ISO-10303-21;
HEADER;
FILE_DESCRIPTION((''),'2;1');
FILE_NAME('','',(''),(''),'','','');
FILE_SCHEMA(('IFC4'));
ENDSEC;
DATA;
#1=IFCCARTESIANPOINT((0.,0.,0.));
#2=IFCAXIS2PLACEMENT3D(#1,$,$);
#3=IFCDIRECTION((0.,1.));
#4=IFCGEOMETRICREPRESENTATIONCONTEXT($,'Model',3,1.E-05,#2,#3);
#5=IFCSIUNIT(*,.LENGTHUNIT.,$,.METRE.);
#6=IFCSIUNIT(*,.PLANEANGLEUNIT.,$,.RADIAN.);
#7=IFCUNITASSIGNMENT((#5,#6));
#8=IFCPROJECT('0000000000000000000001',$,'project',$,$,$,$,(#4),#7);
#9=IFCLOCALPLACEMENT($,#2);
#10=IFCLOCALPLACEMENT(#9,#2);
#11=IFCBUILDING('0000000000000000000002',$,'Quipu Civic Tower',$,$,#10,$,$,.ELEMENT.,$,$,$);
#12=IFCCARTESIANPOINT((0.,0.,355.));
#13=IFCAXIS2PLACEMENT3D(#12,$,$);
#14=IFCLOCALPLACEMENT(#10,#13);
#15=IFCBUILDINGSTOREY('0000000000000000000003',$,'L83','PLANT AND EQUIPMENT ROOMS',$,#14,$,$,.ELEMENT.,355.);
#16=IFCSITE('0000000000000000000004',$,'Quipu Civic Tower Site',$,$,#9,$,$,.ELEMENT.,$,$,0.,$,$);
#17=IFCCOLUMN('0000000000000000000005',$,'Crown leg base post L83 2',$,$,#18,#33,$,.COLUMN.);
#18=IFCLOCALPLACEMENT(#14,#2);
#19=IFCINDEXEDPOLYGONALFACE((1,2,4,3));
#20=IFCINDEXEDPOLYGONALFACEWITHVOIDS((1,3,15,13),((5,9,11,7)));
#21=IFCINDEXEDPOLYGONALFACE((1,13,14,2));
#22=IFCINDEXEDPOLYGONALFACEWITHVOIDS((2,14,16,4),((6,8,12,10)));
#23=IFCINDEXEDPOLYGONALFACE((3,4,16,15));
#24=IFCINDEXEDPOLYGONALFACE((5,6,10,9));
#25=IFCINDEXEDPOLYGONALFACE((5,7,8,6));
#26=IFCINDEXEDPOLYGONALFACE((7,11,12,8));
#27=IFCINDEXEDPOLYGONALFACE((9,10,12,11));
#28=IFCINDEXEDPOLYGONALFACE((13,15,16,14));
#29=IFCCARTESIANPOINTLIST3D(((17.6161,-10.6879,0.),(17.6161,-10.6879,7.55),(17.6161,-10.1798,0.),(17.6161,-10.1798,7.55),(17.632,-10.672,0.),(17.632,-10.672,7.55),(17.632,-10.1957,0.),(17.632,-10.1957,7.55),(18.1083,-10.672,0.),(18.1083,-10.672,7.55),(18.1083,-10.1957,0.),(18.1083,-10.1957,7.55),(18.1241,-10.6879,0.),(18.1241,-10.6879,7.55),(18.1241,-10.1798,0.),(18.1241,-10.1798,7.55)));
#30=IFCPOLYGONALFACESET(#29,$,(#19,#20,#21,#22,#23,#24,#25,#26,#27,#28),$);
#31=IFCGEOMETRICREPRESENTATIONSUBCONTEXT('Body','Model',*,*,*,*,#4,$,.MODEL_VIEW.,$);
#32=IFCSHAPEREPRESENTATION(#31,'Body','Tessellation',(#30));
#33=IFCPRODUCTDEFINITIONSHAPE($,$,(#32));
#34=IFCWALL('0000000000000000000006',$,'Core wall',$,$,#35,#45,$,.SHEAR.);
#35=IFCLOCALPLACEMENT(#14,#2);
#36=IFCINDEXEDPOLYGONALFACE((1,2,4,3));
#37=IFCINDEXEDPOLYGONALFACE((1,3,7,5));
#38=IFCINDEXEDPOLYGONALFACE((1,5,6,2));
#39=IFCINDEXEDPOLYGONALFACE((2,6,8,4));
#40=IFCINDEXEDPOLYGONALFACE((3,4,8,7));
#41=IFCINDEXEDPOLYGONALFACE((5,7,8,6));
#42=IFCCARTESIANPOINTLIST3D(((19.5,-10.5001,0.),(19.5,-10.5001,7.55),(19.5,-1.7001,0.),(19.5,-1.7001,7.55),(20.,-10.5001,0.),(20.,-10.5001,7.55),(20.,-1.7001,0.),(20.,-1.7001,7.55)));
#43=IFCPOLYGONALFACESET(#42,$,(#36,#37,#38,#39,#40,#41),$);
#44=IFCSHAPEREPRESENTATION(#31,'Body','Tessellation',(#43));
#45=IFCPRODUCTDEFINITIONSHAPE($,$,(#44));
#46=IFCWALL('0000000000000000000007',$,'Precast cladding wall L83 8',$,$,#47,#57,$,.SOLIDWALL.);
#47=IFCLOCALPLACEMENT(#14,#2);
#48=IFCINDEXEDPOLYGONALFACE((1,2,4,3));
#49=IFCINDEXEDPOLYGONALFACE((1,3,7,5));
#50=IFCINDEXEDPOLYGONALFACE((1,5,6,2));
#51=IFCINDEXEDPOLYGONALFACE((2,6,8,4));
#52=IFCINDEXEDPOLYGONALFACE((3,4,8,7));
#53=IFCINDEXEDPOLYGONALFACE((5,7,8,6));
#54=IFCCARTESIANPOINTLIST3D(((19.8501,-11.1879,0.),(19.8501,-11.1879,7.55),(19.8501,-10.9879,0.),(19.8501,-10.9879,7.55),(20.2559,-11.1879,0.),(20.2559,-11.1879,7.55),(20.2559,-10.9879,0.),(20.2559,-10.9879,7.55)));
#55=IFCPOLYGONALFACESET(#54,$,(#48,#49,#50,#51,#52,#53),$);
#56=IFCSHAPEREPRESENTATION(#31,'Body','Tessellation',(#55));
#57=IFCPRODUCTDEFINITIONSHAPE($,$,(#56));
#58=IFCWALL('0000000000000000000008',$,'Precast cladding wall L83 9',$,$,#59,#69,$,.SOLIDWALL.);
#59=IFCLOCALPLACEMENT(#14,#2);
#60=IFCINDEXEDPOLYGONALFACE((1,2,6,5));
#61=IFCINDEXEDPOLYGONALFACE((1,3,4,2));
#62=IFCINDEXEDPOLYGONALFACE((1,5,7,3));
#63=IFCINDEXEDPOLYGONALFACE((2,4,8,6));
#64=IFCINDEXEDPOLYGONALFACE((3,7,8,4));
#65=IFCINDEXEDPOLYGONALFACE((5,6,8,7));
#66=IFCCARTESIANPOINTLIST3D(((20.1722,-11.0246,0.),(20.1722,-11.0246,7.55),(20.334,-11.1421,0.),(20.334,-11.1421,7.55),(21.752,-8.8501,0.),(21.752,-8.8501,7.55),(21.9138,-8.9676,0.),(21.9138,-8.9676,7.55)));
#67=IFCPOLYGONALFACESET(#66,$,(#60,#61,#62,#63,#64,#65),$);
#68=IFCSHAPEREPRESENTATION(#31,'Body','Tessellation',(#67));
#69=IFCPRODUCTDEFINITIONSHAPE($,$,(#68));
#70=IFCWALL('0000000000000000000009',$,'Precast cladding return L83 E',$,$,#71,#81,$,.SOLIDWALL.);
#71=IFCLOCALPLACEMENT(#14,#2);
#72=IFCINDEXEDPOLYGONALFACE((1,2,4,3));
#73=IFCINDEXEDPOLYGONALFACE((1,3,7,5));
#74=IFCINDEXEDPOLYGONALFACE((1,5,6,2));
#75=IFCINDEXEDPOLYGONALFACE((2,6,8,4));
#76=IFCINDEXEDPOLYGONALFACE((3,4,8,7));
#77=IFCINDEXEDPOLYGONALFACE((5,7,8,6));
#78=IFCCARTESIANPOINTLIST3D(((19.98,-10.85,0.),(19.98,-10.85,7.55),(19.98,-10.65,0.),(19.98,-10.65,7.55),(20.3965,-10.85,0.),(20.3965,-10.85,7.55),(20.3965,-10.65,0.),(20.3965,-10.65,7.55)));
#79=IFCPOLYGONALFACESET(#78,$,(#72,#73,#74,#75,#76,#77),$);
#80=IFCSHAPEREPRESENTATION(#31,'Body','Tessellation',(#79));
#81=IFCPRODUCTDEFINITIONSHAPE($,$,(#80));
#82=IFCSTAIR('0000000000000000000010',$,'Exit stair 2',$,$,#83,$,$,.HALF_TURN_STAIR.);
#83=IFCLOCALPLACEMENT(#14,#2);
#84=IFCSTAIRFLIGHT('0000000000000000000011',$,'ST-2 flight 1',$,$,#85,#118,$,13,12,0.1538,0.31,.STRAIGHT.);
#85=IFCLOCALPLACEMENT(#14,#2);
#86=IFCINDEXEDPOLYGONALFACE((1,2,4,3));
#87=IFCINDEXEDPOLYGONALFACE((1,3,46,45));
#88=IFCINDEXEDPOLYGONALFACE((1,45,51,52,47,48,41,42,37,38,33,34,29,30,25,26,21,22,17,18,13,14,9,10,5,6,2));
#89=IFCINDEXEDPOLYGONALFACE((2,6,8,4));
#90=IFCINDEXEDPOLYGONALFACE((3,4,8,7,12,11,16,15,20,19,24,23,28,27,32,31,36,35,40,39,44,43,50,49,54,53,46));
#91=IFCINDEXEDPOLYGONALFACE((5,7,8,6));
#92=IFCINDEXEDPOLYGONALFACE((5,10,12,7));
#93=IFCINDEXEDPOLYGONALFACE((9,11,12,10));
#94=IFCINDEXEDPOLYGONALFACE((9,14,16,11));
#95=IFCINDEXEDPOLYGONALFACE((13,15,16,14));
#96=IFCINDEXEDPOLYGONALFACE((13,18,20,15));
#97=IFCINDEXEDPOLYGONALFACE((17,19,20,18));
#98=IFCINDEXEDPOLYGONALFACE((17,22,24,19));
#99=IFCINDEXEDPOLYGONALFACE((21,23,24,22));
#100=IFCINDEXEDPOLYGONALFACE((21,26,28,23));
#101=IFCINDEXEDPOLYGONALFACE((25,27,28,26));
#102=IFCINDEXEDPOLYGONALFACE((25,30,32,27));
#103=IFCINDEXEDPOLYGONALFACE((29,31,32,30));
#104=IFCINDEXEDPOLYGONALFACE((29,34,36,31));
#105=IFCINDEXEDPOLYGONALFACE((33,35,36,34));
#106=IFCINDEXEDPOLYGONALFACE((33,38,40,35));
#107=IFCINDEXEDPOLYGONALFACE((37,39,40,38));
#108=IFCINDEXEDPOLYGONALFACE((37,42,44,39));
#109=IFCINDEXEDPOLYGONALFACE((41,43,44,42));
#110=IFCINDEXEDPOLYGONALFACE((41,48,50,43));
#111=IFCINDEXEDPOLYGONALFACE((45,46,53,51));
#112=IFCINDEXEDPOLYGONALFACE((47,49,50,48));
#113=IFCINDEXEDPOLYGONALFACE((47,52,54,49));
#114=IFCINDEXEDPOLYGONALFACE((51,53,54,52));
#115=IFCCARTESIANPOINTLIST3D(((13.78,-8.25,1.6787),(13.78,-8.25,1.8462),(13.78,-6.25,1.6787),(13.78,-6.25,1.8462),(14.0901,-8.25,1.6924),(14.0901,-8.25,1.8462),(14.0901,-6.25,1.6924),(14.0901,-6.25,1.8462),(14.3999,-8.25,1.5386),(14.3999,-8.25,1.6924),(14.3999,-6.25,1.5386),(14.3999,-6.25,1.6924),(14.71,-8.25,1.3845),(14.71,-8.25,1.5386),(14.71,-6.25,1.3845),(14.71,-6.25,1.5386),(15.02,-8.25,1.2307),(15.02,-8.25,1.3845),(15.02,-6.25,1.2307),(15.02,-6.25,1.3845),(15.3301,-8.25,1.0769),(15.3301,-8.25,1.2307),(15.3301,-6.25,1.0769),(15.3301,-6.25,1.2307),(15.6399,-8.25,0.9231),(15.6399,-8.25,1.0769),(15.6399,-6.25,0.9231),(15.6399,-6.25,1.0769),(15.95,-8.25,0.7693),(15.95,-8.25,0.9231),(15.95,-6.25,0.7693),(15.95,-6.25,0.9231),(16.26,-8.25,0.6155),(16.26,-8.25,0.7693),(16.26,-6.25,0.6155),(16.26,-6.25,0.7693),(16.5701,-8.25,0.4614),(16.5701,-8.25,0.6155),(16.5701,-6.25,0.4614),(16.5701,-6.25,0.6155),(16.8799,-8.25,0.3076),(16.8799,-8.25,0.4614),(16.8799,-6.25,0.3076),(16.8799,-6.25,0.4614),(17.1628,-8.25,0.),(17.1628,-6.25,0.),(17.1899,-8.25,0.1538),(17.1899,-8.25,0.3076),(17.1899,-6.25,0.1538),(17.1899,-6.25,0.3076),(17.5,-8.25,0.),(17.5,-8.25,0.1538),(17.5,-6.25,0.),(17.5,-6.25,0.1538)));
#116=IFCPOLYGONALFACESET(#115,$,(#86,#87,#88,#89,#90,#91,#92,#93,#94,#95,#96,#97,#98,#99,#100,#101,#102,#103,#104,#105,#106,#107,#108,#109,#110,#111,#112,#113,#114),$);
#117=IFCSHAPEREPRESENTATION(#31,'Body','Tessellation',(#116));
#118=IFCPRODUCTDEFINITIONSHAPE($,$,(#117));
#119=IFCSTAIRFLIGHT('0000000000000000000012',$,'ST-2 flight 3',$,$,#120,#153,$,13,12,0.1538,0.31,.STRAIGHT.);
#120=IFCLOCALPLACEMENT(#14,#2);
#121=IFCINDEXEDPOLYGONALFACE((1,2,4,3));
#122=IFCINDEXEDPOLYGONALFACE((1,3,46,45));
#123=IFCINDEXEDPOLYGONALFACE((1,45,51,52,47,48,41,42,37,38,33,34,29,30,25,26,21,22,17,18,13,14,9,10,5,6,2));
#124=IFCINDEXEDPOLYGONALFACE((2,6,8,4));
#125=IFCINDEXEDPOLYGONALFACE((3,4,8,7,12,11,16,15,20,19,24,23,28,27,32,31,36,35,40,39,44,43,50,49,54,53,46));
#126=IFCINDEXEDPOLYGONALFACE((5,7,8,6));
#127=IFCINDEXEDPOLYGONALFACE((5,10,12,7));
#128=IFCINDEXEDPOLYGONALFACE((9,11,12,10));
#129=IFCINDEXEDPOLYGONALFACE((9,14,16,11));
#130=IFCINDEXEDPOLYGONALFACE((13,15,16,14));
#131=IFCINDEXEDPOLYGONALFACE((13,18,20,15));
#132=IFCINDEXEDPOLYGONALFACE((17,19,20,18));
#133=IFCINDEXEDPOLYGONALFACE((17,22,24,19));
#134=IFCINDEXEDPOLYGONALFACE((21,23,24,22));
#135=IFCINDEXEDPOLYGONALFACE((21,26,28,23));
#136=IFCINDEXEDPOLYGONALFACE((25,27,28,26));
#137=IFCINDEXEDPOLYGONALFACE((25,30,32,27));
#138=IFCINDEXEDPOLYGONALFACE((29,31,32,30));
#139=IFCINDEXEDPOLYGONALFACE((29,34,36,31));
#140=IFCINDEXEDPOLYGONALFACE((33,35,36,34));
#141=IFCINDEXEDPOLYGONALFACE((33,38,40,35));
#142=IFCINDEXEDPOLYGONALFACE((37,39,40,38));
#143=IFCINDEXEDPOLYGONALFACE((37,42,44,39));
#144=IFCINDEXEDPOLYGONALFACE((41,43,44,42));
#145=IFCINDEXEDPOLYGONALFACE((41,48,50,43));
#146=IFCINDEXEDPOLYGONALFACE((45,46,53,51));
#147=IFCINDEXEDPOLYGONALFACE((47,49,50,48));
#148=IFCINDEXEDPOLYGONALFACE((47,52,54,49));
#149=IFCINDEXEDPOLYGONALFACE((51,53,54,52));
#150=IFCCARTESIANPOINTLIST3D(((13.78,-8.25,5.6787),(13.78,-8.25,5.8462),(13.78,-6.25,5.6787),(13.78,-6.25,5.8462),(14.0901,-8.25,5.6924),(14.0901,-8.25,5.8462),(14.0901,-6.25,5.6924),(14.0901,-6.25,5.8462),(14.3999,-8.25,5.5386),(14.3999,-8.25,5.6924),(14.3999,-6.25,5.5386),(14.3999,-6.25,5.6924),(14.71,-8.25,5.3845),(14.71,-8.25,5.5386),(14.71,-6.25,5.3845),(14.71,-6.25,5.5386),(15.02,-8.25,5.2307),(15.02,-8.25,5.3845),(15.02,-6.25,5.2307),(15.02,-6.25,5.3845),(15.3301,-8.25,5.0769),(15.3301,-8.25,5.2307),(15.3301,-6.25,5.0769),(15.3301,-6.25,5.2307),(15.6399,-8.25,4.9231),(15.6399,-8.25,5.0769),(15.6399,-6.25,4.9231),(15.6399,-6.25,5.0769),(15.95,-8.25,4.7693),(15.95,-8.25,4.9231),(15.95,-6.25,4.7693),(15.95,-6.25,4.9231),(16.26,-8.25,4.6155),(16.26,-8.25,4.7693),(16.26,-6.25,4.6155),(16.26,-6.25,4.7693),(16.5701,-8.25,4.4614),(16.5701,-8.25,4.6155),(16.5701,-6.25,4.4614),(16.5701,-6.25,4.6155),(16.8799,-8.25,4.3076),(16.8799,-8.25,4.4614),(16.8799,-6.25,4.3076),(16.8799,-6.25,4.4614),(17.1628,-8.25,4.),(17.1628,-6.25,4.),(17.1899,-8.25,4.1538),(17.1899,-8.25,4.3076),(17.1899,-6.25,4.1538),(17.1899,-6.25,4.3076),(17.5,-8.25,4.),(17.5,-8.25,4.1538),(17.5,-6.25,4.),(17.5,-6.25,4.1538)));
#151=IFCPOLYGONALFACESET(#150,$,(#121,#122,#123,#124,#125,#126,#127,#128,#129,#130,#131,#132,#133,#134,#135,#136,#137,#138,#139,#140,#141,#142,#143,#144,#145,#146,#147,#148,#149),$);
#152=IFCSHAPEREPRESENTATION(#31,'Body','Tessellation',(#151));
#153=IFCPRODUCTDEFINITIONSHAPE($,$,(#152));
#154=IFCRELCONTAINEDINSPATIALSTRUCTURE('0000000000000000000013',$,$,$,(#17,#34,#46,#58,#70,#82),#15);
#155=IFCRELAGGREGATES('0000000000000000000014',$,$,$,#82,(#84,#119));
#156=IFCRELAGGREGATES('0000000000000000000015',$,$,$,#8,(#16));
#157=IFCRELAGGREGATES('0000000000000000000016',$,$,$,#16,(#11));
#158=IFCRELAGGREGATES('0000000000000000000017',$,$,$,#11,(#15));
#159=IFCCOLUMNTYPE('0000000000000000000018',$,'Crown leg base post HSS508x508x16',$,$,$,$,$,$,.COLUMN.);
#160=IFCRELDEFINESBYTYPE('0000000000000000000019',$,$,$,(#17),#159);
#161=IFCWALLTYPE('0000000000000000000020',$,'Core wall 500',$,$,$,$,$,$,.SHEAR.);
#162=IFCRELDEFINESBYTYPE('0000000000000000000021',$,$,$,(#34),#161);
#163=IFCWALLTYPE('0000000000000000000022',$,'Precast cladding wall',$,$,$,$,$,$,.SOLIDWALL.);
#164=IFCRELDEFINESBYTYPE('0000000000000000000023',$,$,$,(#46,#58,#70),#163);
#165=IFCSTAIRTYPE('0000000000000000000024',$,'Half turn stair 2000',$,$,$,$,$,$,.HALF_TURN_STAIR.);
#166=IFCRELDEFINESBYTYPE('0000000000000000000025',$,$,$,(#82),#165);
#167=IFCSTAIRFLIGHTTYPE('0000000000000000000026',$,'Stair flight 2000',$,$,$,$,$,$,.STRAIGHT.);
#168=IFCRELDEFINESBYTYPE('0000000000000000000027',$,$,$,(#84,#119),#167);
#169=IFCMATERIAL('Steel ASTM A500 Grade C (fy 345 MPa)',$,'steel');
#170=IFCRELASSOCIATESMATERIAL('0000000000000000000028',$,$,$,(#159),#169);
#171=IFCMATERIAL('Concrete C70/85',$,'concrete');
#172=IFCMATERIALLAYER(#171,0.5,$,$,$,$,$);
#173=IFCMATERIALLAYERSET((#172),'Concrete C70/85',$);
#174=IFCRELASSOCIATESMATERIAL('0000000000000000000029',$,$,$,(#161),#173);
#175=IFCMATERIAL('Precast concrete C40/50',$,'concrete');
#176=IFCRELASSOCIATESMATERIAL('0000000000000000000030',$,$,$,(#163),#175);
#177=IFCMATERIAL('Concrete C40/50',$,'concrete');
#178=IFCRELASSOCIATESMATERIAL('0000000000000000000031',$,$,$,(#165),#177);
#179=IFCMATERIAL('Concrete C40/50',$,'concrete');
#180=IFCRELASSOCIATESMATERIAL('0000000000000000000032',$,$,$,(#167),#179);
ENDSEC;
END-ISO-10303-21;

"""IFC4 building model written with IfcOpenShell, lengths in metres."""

from ifc_helpers import new_model, si_unit, direction, frame, frame_2d, origin, origin_2d, place, context, subcontext, project, spatial, polyline, rectangle, hollow_rectangle, outline, extrude, material, layer, layer_set, material_profile, profile_set, type_object, element, aggregate, save


model = new_model("IFC4")

# Units and contexts
model_context = context("Model", 3, precision=1e-05, world=origin(), true_north=direction((0.0, 1.0)))
body_context = subcontext(model_context, "Body", "Model", "MODEL_VIEW")
ifc_project = project(units=[si_unit("LENGTHUNIT", "METRE"), si_unit("PLANEANGLEUNIT", "RADIAN")], contexts=[model_context])

# Site, building, storey
site_placement = place(None, origin())
site = spatial("IfcSite", under=ifc_project, at=site_placement, Name="Quipu Civic Tower Site", CompositionType="ELEMENT", RefElevation=0.0)
building_placement = place(site_placement, origin())
building = spatial("IfcBuilding", under=site, at=building_placement, Name="Quipu Civic Tower", CompositionType="ELEMENT")
storey_placement = place(building_placement, frame((0.0, 0.0, 355.0)))
storey = spatial("IfcBuildingStorey", under=building, at=storey_placement, Name="L83", Description="PLANT AND EQUIPMENT ROOMS", CompositionType="ELEMENT", Elevation=355.0)

# Column
ifc_material_1 = material(Name="Steel ASTM A500 Grade C (fy 345 MPa)", Category="steel")
ifc_material_profile = material_profile(ifc_material_1, hollow_rectangle(XDim=0.5081, YDim=0.5081, WallThickness=0.0159, at=origin_2d()), Name="HSS508x508x16")
ifc_profile_set = profile_set([ifc_material_profile], Name="Steel ASTM A500 Grade C (fy 345 MPa)")
column_type = type_object("IfcColumnType", Name="Crown leg base post HSS508x508x16", PredefinedType="COLUMN", material=ifc_profile_set)
column_placement = place(storey_placement, frame((17.8701, -10.4338, 0.0), z_axis=(0.0, 0.0, 1.0), x_axis=(1.0, 0.0, 0.0)))
element("IfcColumn", 1, at=column_placement, inside=storey, type_object=column_type, Name="Crown leg base post L83 2", PredefinedType="COLUMN", context=body_context, shape_type="SweptSolid", body=[
    extrude(hollow_rectangle(XDim=0.5081, YDim=0.5081, WallThickness=0.0159, at=origin_2d()), origin(), (0.0, 0.0, 1.0), 7.55),
])

# Walls
ifc_material_2 = material(Name="Concrete C70/85", Category="concrete")
ifc_layer = layer(ifc_material_2, 0.5)
ifc_layer_set = layer_set([ifc_layer], Name="Concrete C70/85")
wall_type_1 = type_object("IfcWallType", Name="Core wall 500", PredefinedType="SHEAR", material=ifc_layer_set)
wall_1_placement = place(storey_placement, frame((19.75, -10.5, 0.0), z_axis=(0.0, 0.0, 1.0), x_axis=(0.0, 1.0, 0.0)))
element("IfcWall", 2, at=wall_1_placement, inside=storey, type_object=wall_type_1, Name="Core wall", PredefinedType="SHEAR", context=body_context, shape_type="SweptSolid", body=[
    extrude(rectangle(XDim=8.8, YDim=0.5, at=frame_2d((4.3999, 0.0))), origin(), (0.0, 0.0, 1.0), 7.55),
])
ifc_material_3 = material(Name="Precast concrete C40/50", Category="concrete")
wall_type_2 = type_object("IfcWallType", Name="Precast cladding wall", PredefinedType="SOLIDWALL", material=ifc_material_3)
wall_2_placement = place(storey_placement, frame((19.8501, -11.0879, 0.0), z_axis=(0.0, 0.0, 1.0), x_axis=(1.0, 0.0, 0.0)))
element("IfcWall", 3, at=wall_2_placement, inside=storey, type_object=wall_type_2, Name="Precast cladding wall L83 8", PredefinedType="SOLIDWALL", context=body_context, shape_type="SweptSolid", body=[
    extrude(rectangle(XDim=0.4058, YDim=0.2, at=frame_2d((0.2029, 0.0))), origin(), (0.0, 0.0, 1.0), 7.55),
])
wall_3_placement = place(storey_placement, frame((20.2532, -11.0833, 0.0), z_axis=(0.0, 0.0, 1.0), x_axis=(0.587767, 0.809031, 0.0)))
element("IfcWall", 4, at=wall_3_placement, inside=storey, type_object=wall_type_2, Name="Precast cladding wall L83 9", PredefinedType="SOLIDWALL", context=body_context, shape_type="SweptSolid", body=[
    extrude(rectangle(XDim=2.6877, YDim=0.2, at=frame_2d((1.3438, 0.0))), origin(), (0.0, 0.0, 1.0), 7.55),
])
wall_4_placement = place(storey_placement, frame((19.98, -10.75, 0.0), z_axis=(0.0, 0.0, 1.0), x_axis=(1.0, 0.0, 0.0)))
element("IfcWall", 5, at=wall_4_placement, inside=storey, type_object=wall_type_2, Name="Precast cladding return L83 E", PredefinedType="SOLIDWALL", context=body_context, shape_type="SweptSolid", body=[
    extrude(rectangle(XDim=0.4165, YDim=0.2, at=frame_2d((0.2083, 0.0))), origin(), (0.0, 0.0, 1.0), 7.55),
])

# Stair, stair flights
ifc_material_4 = material(Name="Concrete C40/50", Category="concrete")
stair_type = type_object("IfcStairType", Name="Half turn stair 2000", PredefinedType="HALF_TURN_STAIR", material=ifc_material_4)
stair_placement = place(storey_placement, origin())
stair = element("IfcStair", 6, at=stair_placement, inside=storey, type_object=stair_type, Name="Exit stair 2", PredefinedType="HALF_TURN_STAIR")
ifc_material_5 = material(Name="Concrete C40/50", Category="concrete")
stair_flight_type = type_object("IfcStairFlightType", Name="Stair flight 2000", PredefinedType="STRAIGHT", material=ifc_material_5)
stair_flight_1_placement = place(storey_placement, frame((17.5, -7.25, 0.0), z_axis=(0.0, 0.0, 1.0), x_axis=(-1.0, 0.0, 0.0)))
stair_flight_1 = element("IfcStairFlight", 7, at=stair_flight_1_placement, type_object=stair_flight_type, Name="ST-2 flight 1", NumberOfRisers=13, NumberOfTreads=12, PredefinedType="STRAIGHT", RiserHeight=0.1538, TreadLength=0.31, context=body_context, shape_type="SweptSolid", body=[
    extrude(outline(polyline([(0.0, 0.0), (0.0, 0.1538), (0.3101, 0.1538), (0.3101, 0.3076), (0.6201, 0.3076), (0.6201, 0.4614), (0.9299, 0.4614), (0.9299, 0.6155), (1.24, 0.6155), (1.24, 0.7693), (1.55, 0.7693), (1.55, 0.9231), (1.8601, 0.9231), (1.8601, 1.0769), (2.1699, 1.0769), (2.1699, 1.2307), (2.48, 1.2307), (2.48, 1.3845), (2.79, 1.3845), (2.79, 1.5386), (3.1001, 1.5386), (3.1001, 1.6924), (3.4099, 1.6924), (3.4099, 1.8462), (3.72, 1.8462), (3.72, 2.0), (3.72, 1.6787), (0.3372, 0.0), (0.0, 0.0)])), frame((0.0, 1.0, 0.0), z_axis=(0.0, -1.0, 0.0), x_axis=(1.0, 0.0, 0.0)), (0.0, 0.0, 1.0), 2.0),
])
stair_flight_2_placement = place(storey_placement, frame((17.5, -7.25, 4.0), z_axis=(0.0, 0.0, 1.0), x_axis=(-1.0, 0.0, 0.0)))
stair_flight_2 = element("IfcStairFlight", 8, at=stair_flight_2_placement, type_object=stair_flight_type, Name="ST-2 flight 3", NumberOfRisers=13, NumberOfTreads=12, PredefinedType="STRAIGHT", RiserHeight=0.1538, TreadLength=0.31, context=body_context, shape_type="SweptSolid", body=[
    extrude(outline(polyline([(0.0, 0.0), (0.0, 0.1538), (0.3101, 0.1538), (0.3101, 0.3076), (0.6201, 0.3076), (0.6201, 0.4614), (0.9299, 0.4614), (0.9299, 0.6155), (1.24, 0.6155), (1.24, 0.7693), (1.55, 0.7693), (1.55, 0.9231), (1.8601, 0.9231), (1.8601, 1.0769), (2.1699, 1.0769), (2.1699, 1.2307), (2.48, 1.2307), (2.48, 1.3845), (2.79, 1.3845), (2.79, 1.5386), (3.1001, 1.5386), (3.1001, 1.6924), (3.4099, 1.6924), (3.4099, 1.8462), (3.72, 1.8462), (3.72, 2.0), (3.72, 1.6787), (0.3372, 0.0), (0.0, 0.0)])), frame((0.0, 1.0, 0.0), z_axis=(0.0, -1.0, 0.0), x_axis=(1.0, 0.0, 0.0)), (0.0, 0.0, 1.0), 2.0),
])
aggregate(stair, [stair_flight_1, stair_flight_2])

save(model, "model.ifc")
